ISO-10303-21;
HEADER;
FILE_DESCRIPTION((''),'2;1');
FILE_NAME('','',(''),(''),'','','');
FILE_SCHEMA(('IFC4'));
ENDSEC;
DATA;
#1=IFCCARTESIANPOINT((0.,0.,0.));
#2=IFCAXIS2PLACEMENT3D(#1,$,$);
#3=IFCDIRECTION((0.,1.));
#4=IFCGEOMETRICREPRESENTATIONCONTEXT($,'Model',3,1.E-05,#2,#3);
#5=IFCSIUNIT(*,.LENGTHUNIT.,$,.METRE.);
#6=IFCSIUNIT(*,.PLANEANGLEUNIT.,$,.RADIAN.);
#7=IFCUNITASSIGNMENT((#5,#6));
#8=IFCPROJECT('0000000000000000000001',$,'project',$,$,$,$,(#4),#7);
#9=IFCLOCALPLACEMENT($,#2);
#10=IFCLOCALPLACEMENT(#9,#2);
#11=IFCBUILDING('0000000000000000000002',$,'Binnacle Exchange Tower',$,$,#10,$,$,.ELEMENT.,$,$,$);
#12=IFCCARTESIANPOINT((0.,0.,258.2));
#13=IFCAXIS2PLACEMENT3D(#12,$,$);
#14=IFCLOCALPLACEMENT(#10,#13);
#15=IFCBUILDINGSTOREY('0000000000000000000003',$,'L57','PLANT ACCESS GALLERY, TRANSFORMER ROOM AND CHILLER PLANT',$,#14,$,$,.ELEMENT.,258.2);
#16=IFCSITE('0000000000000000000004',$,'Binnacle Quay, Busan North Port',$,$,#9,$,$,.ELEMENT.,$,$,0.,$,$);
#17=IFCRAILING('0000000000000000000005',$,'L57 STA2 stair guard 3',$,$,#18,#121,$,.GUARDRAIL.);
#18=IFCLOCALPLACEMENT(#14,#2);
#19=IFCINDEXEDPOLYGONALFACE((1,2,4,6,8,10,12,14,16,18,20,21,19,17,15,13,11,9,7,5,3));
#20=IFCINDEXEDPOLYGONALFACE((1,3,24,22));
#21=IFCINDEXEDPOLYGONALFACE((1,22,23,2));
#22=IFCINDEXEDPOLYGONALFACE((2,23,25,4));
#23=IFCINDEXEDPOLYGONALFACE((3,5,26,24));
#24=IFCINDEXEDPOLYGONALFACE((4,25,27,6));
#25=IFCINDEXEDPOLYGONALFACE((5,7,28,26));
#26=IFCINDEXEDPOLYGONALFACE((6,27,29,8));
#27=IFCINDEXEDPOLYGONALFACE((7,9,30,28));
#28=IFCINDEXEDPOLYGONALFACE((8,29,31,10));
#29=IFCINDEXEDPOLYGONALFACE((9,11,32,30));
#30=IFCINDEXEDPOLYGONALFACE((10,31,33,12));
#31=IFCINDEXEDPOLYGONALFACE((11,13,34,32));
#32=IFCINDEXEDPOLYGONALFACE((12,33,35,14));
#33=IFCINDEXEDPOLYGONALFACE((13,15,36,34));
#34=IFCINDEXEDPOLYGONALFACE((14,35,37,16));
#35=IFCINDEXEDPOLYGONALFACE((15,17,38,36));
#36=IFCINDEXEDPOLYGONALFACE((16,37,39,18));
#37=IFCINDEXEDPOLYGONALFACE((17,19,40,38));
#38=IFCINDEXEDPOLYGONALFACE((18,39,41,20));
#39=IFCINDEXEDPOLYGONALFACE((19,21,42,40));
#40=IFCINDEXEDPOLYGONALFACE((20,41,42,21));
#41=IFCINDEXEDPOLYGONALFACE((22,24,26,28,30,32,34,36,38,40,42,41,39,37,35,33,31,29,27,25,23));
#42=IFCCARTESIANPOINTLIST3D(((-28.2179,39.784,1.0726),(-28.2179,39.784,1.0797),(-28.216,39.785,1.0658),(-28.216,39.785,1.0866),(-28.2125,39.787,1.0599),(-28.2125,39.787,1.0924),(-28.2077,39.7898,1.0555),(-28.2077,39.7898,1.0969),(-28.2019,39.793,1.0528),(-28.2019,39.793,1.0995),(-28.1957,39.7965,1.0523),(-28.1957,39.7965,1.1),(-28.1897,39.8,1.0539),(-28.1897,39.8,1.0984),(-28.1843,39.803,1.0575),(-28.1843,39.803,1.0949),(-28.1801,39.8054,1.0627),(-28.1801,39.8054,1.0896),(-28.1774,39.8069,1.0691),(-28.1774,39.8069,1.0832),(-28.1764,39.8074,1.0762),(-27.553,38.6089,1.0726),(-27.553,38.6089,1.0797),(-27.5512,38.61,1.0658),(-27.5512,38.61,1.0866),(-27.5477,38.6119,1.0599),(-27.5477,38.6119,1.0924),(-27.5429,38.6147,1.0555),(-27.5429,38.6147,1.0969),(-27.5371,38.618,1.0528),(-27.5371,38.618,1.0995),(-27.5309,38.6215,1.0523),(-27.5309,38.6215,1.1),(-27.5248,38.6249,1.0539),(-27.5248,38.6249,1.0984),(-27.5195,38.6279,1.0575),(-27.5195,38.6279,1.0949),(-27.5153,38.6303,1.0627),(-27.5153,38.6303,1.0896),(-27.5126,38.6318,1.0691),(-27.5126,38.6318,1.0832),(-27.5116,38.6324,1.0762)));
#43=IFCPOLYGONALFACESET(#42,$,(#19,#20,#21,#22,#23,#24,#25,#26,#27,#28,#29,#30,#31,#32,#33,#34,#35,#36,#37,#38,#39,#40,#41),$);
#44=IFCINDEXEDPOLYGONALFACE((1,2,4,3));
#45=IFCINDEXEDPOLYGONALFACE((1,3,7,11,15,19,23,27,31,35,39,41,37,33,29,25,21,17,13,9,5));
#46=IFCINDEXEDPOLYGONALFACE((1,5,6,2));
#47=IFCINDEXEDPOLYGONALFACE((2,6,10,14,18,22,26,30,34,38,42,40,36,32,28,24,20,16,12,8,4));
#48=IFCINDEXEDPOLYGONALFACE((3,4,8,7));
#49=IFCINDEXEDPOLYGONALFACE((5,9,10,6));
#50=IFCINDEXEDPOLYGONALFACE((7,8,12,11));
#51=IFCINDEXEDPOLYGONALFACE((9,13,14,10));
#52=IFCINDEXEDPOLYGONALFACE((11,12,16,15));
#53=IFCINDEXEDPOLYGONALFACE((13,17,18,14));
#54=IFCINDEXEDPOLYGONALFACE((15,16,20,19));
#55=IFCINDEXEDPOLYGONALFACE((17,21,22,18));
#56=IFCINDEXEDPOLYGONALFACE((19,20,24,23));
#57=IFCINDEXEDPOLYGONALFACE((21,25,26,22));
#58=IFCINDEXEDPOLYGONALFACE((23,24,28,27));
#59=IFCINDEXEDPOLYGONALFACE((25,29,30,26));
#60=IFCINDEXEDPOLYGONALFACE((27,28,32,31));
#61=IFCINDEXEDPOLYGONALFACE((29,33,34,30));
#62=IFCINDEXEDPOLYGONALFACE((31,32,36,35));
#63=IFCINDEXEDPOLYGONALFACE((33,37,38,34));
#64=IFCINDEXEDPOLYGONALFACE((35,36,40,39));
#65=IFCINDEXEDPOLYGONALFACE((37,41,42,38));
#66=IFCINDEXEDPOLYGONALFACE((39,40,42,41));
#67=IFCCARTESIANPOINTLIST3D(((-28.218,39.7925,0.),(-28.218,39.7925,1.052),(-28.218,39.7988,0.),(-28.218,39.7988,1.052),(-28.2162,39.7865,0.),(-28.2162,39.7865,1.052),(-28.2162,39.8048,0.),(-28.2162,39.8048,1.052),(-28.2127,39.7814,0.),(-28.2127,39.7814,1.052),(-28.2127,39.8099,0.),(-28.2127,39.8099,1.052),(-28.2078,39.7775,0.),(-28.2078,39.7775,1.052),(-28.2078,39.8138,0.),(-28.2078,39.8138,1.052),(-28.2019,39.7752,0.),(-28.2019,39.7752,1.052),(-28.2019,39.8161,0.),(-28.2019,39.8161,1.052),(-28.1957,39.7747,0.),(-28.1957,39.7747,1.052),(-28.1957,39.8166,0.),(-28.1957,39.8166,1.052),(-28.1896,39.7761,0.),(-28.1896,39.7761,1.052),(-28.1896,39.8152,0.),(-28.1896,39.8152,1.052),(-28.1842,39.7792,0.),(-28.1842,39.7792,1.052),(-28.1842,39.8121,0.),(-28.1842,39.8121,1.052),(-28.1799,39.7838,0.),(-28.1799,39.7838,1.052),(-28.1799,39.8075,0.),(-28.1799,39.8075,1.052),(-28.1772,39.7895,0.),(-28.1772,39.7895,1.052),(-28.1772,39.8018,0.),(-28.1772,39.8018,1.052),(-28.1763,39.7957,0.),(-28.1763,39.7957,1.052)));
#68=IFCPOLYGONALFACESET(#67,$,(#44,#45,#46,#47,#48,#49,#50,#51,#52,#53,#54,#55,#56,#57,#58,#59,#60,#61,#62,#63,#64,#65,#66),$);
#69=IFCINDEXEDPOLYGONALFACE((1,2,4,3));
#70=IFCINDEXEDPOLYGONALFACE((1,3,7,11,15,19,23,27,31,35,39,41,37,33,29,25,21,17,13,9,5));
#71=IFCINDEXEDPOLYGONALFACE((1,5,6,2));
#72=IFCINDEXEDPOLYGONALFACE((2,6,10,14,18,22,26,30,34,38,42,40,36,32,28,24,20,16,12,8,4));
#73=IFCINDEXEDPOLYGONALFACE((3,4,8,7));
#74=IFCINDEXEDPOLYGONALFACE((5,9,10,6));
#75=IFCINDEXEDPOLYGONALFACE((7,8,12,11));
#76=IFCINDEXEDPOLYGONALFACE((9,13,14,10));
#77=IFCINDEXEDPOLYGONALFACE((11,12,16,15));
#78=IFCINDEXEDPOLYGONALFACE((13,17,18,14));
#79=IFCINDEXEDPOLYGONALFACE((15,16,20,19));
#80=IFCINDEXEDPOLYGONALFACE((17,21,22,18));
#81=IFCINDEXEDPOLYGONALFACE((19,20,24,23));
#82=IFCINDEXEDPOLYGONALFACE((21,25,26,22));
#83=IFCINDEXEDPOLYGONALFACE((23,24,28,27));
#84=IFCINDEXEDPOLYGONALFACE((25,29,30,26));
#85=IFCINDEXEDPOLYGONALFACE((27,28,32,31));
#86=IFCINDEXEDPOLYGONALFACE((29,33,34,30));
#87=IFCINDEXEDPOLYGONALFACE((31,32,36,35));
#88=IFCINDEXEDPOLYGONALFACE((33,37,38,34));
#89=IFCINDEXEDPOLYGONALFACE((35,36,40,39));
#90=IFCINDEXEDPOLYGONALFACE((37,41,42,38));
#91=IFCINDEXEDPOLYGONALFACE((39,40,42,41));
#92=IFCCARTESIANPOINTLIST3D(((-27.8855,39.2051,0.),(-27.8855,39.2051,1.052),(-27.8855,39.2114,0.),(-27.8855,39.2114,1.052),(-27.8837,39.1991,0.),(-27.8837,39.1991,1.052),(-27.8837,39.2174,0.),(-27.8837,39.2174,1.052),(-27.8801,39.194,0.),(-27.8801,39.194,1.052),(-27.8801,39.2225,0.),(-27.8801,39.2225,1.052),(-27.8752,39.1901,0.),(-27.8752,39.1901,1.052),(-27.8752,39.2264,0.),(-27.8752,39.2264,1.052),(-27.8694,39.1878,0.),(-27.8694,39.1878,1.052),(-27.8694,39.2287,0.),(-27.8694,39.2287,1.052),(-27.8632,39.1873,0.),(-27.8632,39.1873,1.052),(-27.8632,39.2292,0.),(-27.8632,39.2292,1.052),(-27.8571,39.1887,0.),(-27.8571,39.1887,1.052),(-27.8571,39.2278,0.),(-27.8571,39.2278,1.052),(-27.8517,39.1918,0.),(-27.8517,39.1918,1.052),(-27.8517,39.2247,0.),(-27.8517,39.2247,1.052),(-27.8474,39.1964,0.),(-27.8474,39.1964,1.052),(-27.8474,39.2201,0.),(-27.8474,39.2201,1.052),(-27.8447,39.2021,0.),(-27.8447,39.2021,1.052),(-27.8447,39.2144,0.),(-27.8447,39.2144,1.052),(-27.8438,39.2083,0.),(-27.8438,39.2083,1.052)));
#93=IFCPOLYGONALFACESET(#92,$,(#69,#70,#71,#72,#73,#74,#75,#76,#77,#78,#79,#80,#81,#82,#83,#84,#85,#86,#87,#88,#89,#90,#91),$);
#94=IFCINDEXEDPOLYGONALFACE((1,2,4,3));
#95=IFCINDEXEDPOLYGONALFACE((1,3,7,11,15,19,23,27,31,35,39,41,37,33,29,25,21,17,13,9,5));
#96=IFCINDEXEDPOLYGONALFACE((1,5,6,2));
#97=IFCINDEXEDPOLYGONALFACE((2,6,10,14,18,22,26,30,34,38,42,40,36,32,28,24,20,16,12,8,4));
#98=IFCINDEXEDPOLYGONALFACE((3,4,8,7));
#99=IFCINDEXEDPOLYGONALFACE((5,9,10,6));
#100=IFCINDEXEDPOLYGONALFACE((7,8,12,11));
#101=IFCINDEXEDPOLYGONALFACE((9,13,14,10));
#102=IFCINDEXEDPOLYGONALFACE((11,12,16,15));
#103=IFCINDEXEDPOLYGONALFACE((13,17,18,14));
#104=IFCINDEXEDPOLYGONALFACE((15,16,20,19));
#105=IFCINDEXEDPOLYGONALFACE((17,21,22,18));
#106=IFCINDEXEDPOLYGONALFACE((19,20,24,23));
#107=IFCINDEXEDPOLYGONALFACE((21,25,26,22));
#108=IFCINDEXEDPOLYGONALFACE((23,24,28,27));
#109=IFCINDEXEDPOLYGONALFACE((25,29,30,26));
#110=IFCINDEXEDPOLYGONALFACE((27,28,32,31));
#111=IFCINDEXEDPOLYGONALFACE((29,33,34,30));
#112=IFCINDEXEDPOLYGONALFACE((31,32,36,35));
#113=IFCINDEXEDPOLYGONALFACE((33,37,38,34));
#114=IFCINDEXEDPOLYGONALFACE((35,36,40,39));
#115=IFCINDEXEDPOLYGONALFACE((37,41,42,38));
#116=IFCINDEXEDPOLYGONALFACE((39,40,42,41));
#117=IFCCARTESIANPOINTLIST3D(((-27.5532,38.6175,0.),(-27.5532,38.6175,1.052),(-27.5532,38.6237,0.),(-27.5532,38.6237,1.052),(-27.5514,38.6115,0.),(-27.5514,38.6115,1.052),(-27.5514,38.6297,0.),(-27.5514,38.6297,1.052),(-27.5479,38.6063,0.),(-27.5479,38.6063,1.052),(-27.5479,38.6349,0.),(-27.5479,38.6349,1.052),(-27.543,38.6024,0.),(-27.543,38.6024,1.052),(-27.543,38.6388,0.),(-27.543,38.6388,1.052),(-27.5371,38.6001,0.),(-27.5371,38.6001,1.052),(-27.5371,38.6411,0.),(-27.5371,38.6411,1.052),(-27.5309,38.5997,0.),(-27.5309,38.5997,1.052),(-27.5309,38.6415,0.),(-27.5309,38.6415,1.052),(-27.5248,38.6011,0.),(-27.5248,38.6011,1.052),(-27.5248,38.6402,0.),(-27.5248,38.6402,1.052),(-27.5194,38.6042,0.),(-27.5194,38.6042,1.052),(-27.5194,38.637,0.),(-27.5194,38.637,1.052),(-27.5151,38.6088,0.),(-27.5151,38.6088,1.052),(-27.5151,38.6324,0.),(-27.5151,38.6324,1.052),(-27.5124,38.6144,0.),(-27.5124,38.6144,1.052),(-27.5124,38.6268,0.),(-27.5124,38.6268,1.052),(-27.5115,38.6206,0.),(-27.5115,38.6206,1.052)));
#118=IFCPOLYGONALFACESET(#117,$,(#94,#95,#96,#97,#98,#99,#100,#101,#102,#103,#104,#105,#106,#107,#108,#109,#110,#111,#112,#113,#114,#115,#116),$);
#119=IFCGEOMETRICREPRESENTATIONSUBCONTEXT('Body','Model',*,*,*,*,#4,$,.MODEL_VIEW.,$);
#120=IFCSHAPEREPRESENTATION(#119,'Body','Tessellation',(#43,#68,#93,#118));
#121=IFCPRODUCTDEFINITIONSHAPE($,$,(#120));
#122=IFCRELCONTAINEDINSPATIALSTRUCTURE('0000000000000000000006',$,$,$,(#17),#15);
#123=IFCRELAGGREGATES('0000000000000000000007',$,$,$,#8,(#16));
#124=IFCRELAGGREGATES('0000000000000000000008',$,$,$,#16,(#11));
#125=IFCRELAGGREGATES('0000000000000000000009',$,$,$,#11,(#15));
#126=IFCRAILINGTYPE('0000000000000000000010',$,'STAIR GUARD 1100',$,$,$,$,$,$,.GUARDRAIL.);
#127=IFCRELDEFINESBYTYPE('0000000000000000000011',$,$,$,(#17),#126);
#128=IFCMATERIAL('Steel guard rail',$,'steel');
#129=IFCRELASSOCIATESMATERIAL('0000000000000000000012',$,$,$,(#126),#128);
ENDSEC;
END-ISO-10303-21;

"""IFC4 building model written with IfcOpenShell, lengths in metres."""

from ifc_helpers import new_model, si_unit, direction, frame, origin, origin_2d, place, context, subcontext, project, spatial, circle, extrude, material, type_object, element, save


model = new_model("IFC4")

# Units and contexts
model_context = context("Model", 3, precision=1e-05, world=origin(), true_north=direction((0.0, 1.0)))
body_context = subcontext(model_context, "Body", "Model", "MODEL_VIEW")
ifc_project = project(units=[si_unit("LENGTHUNIT", "METRE"), si_unit("PLANEANGLEUNIT", "RADIAN")], contexts=[model_context])

# Site, building, storey
site_placement = place(None, origin())
site = spatial("IfcSite", under=ifc_project, at=site_placement, Name="Binnacle Quay, Busan North Port", CompositionType="ELEMENT", RefElevation=0.0)
building_placement = place(site_placement, origin())
building = spatial("IfcBuilding", under=site, at=building_placement, Name="Binnacle Exchange Tower", CompositionType="ELEMENT")
storey_placement = place(building_placement, frame((0.0, 0.0, 258.2)))
storey = spatial("IfcBuildingStorey", under=building, at=storey_placement, Name="L57", Description="PLANT ACCESS GALLERY, TRANSFORMER ROOM AND CHILLER PLANT", CompositionType="ELEMENT", Elevation=258.2)

# Railing
ifc_material_1 = material(Name="Steel guard rail", Category="steel")
railing_type_1 = type_object("IfcRailingType", Name="STAIR GUARD 1100", PredefinedType="GUARDRAIL", material=ifc_material_1)
railing_1_placement = place(storey_placement, frame((-28.1973, 39.7957, 0.0)))
element("IfcRailing", 1, at=railing_1_placement, inside=storey, type_object=railing_type_1, Name="L57 STA2 stair guard 3", PredefinedType="GUARDRAIL", context=body_context, shape_type="SweptSolid", body=[
    extrude(circle(Radius=0.0239, at=origin_2d()), frame((0.0, 0.0, 1.0762), z_axis=(0.492415, -0.870361, 0.0), x_axis=(0.870361, 0.492415, 0.0)), (0.0, 0.0, 1.0), 1.3501),
    extrude(circle(Radius=0.021, at=origin_2d()), origin(), (0.0, 0.0, 1.0), 1.052),
    extrude(circle(Radius=0.021, at=origin_2d()), frame((0.3325, -0.5874, 0.0)), (0.0, 0.0, 1.0), 1.052),
    extrude(circle(Radius=0.021, at=origin_2d()), frame((0.6648, -1.175, 0.0)), (0.0, 0.0, 1.0), 1.052),
])

save(model, "model.ifc")
